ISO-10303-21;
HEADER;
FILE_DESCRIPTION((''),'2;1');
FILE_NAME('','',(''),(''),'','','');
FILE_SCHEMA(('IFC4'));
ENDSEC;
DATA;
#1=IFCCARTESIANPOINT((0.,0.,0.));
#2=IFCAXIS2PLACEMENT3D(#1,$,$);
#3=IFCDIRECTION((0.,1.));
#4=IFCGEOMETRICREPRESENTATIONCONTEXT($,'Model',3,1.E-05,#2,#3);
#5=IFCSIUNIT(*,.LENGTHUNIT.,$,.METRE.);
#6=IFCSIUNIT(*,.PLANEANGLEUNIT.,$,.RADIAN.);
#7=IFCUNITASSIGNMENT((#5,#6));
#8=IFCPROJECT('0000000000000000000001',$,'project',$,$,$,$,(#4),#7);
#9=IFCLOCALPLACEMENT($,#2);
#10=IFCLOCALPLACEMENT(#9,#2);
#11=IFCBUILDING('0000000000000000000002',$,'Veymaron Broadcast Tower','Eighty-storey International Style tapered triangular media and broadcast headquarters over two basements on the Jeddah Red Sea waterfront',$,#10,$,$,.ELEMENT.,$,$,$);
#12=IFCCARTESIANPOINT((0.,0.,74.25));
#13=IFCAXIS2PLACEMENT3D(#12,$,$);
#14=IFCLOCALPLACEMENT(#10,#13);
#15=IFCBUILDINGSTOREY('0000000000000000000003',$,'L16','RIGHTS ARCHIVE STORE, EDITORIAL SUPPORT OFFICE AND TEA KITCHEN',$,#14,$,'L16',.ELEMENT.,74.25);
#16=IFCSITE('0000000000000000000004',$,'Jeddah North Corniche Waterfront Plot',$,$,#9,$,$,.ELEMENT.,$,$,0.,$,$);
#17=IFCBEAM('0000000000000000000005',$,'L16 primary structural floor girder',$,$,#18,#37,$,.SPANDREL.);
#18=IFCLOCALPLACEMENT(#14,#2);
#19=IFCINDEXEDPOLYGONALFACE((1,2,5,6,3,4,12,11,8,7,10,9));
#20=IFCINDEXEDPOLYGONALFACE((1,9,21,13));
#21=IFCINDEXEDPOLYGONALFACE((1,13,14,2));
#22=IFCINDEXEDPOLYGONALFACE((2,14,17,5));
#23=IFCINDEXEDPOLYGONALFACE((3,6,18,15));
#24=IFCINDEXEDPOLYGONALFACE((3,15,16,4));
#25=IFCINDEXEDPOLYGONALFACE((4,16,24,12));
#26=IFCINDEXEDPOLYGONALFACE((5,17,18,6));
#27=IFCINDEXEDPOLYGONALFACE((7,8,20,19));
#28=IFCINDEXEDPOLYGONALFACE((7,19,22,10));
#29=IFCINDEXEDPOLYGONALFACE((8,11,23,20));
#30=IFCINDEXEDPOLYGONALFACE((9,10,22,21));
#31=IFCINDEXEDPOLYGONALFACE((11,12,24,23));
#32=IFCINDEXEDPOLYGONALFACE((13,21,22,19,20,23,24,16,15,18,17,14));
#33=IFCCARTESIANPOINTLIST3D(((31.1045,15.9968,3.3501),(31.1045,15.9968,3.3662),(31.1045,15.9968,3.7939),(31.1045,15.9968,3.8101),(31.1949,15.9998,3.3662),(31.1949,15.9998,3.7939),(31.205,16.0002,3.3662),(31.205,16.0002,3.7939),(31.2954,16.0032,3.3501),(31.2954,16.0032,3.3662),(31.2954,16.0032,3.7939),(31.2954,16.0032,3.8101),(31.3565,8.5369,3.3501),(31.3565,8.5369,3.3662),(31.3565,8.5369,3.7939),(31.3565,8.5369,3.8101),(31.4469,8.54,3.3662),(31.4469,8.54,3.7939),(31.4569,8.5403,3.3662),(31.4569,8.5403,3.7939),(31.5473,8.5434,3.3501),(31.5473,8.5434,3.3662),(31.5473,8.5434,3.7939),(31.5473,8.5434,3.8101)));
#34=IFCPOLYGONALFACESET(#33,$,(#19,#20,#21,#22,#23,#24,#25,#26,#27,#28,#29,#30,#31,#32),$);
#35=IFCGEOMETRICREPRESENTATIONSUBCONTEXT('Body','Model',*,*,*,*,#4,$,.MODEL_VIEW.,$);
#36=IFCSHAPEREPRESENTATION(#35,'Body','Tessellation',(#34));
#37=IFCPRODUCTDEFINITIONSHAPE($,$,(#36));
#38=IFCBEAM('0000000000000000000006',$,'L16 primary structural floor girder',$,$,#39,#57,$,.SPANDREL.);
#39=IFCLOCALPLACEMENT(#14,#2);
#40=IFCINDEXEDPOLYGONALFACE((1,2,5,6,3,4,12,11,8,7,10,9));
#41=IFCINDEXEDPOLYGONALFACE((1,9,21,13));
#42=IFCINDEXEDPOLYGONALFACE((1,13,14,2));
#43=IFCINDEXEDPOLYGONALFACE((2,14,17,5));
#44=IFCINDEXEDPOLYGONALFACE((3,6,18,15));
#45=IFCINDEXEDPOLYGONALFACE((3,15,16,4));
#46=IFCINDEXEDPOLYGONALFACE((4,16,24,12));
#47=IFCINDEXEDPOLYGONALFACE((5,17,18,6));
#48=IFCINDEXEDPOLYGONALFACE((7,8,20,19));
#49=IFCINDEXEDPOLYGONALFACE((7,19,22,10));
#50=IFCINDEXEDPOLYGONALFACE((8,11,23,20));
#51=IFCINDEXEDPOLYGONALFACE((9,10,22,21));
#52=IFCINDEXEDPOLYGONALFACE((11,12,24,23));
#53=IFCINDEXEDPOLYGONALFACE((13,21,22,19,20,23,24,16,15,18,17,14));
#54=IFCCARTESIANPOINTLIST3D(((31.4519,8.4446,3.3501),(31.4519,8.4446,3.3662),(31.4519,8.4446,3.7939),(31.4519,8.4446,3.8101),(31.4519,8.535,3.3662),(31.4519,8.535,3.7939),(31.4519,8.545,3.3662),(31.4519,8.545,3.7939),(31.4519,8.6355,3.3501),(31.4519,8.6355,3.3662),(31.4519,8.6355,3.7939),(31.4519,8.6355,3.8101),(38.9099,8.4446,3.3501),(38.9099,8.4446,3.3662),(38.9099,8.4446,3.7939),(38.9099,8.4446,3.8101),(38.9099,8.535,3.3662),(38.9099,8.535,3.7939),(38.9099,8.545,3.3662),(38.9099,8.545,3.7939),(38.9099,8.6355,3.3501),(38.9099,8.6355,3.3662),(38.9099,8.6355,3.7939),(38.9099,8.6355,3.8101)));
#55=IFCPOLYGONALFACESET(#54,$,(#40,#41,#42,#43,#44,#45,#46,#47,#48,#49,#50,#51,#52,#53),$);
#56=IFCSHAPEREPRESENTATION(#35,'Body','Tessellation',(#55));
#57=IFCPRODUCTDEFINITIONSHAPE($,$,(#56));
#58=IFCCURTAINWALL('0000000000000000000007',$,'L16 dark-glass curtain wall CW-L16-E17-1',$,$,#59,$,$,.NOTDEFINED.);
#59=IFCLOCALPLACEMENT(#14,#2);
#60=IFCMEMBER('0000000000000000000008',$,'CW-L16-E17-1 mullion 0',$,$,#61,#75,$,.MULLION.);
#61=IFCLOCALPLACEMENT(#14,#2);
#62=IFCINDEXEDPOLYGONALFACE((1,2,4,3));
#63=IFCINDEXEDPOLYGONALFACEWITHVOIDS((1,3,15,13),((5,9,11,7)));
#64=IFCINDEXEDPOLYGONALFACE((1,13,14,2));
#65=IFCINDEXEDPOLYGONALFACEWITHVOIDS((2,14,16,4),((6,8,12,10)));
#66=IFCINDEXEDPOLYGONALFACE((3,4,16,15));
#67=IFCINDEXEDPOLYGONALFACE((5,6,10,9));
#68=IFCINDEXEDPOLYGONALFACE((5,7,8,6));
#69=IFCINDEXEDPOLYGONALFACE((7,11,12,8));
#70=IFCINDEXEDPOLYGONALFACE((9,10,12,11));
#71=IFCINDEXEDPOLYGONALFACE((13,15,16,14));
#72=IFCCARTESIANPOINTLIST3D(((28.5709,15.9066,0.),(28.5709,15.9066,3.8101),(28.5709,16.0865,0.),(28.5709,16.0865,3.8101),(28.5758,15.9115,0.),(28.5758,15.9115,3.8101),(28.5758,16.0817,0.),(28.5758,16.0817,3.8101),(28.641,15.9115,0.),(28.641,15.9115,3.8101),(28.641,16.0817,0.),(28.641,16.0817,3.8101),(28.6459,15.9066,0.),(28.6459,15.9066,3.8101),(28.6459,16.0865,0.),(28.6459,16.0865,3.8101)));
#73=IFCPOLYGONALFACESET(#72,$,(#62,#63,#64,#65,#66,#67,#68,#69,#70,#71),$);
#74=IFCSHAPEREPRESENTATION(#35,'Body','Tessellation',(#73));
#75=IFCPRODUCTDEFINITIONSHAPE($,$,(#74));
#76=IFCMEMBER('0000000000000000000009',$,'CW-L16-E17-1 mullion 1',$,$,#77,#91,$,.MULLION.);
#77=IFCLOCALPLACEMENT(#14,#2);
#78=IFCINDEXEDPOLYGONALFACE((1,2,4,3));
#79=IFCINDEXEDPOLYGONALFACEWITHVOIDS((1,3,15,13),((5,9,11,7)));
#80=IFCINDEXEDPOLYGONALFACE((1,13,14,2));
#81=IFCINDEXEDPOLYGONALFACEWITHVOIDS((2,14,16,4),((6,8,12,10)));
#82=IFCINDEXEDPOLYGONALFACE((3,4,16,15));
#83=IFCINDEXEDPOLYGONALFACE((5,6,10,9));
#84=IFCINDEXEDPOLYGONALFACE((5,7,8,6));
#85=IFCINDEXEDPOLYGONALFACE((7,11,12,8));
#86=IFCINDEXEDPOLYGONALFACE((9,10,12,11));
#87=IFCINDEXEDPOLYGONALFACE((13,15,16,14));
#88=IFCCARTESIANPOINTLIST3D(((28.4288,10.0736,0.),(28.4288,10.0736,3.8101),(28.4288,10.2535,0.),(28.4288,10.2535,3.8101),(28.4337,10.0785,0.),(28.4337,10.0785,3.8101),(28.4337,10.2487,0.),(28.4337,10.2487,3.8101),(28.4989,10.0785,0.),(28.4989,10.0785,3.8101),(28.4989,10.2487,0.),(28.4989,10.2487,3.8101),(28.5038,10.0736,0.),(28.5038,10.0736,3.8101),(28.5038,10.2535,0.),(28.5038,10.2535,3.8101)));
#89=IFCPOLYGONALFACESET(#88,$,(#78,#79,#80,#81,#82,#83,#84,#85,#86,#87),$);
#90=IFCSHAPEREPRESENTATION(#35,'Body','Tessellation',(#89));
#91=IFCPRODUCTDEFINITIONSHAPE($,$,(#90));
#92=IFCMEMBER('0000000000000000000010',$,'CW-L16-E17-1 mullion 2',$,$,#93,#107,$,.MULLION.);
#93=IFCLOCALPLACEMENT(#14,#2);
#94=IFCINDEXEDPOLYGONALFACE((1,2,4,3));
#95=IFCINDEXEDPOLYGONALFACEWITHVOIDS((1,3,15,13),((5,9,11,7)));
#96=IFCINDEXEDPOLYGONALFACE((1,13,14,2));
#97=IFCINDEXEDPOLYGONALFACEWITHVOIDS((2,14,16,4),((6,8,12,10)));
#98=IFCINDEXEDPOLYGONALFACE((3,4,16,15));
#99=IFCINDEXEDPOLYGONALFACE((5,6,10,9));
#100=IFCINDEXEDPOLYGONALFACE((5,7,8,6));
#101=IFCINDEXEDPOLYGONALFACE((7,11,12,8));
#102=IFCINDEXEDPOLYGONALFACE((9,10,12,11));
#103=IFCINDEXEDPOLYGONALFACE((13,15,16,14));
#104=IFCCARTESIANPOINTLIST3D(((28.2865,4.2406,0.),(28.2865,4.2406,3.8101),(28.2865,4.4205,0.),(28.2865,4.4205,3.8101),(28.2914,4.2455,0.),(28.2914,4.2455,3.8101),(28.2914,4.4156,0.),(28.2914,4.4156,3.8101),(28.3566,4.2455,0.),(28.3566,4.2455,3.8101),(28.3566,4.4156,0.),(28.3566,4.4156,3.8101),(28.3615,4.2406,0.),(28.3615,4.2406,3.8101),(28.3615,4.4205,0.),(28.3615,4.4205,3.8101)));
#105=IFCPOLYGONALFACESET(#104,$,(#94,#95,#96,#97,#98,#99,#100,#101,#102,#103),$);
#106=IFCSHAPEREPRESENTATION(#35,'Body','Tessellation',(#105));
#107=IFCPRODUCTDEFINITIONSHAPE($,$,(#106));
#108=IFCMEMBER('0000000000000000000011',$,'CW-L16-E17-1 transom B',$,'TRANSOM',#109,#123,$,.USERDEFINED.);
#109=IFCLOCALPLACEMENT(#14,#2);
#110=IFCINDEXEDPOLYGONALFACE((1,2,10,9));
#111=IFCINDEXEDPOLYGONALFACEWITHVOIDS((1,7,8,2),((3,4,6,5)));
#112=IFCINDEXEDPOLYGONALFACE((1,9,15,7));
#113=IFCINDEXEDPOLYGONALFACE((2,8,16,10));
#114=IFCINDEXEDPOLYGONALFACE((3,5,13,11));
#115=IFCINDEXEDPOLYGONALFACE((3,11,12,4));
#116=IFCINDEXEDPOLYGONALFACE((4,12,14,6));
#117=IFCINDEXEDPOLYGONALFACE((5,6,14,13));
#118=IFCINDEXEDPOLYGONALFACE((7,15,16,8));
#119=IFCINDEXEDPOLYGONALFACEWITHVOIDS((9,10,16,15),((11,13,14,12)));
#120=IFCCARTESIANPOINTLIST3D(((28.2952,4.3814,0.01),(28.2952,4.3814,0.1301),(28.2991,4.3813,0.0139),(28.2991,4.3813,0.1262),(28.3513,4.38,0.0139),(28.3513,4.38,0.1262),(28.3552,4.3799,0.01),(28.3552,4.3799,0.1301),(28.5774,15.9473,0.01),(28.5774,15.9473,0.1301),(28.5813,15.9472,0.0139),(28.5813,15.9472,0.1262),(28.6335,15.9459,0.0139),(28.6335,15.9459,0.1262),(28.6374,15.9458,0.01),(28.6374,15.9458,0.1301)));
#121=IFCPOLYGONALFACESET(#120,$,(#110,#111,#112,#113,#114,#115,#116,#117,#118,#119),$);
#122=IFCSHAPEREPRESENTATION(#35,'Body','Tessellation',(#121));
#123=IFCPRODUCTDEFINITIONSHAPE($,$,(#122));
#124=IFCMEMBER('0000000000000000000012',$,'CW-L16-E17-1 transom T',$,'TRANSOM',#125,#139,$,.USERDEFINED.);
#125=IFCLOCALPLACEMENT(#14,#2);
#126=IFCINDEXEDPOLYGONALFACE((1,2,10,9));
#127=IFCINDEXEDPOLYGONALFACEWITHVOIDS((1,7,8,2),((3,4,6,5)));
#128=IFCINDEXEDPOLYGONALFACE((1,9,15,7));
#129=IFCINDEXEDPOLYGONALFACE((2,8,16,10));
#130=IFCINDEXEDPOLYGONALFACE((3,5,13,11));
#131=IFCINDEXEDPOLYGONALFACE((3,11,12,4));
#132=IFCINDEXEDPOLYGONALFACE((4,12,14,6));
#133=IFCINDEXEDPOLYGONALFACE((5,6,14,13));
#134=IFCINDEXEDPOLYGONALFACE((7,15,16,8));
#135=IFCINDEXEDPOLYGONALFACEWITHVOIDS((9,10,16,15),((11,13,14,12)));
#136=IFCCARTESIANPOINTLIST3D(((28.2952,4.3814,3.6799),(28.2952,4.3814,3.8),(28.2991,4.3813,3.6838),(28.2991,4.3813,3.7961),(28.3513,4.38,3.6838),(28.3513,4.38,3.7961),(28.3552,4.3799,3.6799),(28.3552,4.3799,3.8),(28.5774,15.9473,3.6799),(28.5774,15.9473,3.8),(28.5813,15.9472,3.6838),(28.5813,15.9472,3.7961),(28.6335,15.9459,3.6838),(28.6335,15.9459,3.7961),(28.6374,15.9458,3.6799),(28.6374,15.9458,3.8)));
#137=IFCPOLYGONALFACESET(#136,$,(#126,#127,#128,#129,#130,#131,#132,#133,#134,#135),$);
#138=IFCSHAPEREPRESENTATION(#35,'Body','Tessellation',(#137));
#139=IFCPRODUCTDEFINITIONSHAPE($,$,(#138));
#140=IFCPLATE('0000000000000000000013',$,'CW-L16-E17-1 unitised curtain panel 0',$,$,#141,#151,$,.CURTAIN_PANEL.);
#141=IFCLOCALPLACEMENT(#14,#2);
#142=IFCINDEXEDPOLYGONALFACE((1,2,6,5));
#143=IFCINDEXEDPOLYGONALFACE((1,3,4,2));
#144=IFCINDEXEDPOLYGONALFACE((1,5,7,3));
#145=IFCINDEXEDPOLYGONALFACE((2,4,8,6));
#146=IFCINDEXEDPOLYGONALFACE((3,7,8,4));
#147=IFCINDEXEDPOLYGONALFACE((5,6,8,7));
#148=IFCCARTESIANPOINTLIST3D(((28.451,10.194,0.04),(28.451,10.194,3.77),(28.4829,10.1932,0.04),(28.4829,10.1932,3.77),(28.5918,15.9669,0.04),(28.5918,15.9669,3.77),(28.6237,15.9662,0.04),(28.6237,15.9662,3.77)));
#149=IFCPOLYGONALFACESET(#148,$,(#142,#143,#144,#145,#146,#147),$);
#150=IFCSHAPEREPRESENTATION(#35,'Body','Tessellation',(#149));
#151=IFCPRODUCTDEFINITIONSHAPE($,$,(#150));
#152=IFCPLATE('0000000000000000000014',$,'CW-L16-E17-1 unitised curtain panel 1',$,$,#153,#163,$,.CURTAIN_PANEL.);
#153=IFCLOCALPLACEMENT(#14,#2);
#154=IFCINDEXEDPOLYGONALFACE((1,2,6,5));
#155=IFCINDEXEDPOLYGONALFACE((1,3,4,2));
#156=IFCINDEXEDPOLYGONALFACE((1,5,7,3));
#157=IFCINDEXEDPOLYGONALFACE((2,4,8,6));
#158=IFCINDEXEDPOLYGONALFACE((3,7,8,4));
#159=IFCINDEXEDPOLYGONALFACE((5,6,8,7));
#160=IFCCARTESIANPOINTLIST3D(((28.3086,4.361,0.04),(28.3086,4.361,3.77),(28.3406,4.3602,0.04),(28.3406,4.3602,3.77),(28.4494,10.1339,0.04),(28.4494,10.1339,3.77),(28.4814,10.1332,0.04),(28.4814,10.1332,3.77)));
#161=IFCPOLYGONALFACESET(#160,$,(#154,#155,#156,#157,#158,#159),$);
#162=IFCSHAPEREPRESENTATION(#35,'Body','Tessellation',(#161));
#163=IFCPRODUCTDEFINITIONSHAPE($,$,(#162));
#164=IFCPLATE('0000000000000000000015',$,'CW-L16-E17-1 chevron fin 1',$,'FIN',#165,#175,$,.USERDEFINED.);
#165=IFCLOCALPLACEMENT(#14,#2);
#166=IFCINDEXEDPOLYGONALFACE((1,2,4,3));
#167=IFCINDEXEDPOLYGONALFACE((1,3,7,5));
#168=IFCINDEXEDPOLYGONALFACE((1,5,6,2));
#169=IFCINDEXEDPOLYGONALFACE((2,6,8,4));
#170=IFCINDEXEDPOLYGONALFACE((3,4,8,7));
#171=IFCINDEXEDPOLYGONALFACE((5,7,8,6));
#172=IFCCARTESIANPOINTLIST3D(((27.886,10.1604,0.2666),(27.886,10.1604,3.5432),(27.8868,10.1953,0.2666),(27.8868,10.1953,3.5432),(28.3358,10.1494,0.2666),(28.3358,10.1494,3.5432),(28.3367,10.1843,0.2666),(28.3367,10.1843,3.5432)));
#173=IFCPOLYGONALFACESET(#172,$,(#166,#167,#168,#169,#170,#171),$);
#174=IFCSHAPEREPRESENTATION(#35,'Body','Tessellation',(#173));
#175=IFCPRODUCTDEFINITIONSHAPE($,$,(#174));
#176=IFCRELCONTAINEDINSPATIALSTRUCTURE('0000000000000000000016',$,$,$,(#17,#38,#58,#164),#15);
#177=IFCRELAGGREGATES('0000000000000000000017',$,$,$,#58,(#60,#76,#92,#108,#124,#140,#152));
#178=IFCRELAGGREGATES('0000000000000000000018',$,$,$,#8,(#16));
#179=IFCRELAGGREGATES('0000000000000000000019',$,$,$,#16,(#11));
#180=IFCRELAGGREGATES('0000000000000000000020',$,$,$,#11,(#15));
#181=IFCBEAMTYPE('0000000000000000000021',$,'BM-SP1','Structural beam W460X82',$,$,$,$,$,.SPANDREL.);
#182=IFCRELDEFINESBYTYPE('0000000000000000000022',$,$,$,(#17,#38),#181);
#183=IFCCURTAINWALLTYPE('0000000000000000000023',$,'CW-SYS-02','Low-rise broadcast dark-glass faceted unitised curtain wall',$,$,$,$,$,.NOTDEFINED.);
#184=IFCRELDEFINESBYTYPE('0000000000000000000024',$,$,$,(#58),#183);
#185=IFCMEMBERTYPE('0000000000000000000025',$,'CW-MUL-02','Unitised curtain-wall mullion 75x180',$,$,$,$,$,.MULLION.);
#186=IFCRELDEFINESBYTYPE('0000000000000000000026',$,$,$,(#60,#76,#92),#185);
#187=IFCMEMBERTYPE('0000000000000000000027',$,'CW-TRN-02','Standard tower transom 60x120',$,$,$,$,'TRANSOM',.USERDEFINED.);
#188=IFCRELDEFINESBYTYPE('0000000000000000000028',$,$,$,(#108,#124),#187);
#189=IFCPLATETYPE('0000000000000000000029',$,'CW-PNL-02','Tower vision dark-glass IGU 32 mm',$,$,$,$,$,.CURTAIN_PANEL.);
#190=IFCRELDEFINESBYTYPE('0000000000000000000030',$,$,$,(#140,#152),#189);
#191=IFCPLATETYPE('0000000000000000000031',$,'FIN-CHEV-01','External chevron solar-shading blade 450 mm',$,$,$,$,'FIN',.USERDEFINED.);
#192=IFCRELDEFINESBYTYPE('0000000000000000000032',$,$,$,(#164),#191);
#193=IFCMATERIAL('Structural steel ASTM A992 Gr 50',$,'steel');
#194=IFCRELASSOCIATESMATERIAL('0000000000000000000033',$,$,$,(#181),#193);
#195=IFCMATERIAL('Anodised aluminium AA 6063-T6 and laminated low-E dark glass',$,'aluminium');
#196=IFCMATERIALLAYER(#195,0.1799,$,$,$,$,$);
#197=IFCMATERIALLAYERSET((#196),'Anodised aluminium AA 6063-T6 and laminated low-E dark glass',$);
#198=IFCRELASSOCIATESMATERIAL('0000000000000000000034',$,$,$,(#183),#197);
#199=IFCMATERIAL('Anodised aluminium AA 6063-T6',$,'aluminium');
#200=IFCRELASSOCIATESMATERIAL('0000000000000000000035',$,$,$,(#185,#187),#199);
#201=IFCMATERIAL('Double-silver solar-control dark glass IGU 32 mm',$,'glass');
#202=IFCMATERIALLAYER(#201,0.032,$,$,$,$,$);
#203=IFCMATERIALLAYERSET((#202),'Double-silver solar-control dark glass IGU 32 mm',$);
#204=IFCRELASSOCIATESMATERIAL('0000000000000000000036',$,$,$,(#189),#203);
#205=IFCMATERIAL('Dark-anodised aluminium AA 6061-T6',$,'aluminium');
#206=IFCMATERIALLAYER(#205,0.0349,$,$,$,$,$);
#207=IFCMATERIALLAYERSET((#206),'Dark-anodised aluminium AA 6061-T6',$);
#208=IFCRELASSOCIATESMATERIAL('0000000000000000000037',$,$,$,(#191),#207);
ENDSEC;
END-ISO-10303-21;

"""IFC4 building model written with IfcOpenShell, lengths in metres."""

from ifc_helpers import new_model, si_unit, direction, frame, origin, origin_2d, place, context, subcontext, project, spatial, rectangle, hollow_rectangle, i_section, extrude, material, layer, layer_set, material_profile, profile_set, type_object, element, aggregate, save


model = new_model("IFC4")

# Units and contexts
model_context = context("Model", 3, precision=1e-05, world=origin(), true_north=direction((0.0, 1.0)))
body_context = subcontext(model_context, "Body", "Model", "MODEL_VIEW")
ifc_project = project(units=[si_unit("LENGTHUNIT", "METRE"), si_unit("PLANEANGLEUNIT", "RADIAN")], contexts=[model_context])

# Site, building, storey
site_placement = place(None, origin())
site = spatial("IfcSite", under=ifc_project, at=site_placement, Name="Jeddah North Corniche Waterfront Plot", CompositionType="ELEMENT", RefElevation=0.0)
building_placement = place(site_placement, origin())
building = spatial("IfcBuilding", under=site, at=building_placement, Name="Veymaron Broadcast Tower", Description="Eighty-storey International Style tapered triangular media and broadcast headquarters over two basements on the Jeddah Red Sea waterfront", CompositionType="ELEMENT")
storey_placement = place(building_placement, frame((0.0, 0.0, 74.25)))
storey = spatial("IfcBuildingStorey", under=building, at=storey_placement, Name="L16", Description="RIGHTS ARCHIVE STORE, EDITORIAL SUPPORT OFFICE AND TEA KITCHEN", LongName="L16", CompositionType="ELEMENT", Elevation=74.25)

# Beams
ifc_material_1 = material(Name="Structural steel ASTM A992 Gr 50", Category="steel")
ifc_material_profile_1 = material_profile(ifc_material_1, i_section(OverallWidth=0.1909, OverallDepth=0.46, WebThickness=0.01, FlangeThickness=0.0161, at=origin_2d()), Name="W460X82")
ifc_profile_set_1 = profile_set([ifc_material_profile_1], Name="Structural steel ASTM A992 Gr 50")
beam_type_1 = type_object("IfcBeamType", Name="BM-SP1", Description="Structural beam W460X82", PredefinedType="SPANDREL", material=ifc_profile_set_1)
beam_1_placement = place(storey_placement, frame((31.2, 16.0, 3.5801), z_axis=(0.033755, -0.99943, 0.0), x_axis=(0.99943, 0.033755, 0.0)))
element("IfcBeam", 1, at=beam_1_placement, inside=storey, type_object=beam_type_1, Name="L16 primary structural floor girder", PredefinedType="SPANDREL", context=body_context, shape_type="SweptSolid", body=[
    extrude(i_section(OverallWidth=0.1909, OverallDepth=0.46, WebThickness=0.01, FlangeThickness=0.0161, at=origin_2d()), origin(), (0.0, 0.0, 1.0), 7.4641),
])
beam_2_placement = place(storey_placement, frame((31.4519, 8.54, 3.5801), z_axis=(1.0, 0.0, 0.0), x_axis=(0.0, 1.0, 0.0)))
element("IfcBeam", 2, at=beam_2_placement, inside=storey, type_object=beam_type_1, Name="L16 primary structural floor girder", PredefinedType="SPANDREL", context=body_context, shape_type="SweptSolid", body=[
    extrude(i_section(OverallWidth=0.1909, OverallDepth=0.46, WebThickness=0.01, FlangeThickness=0.0161, at=origin_2d()), origin(), (0.0, 0.0, 1.0), 7.458),
])

# Curtain wall, members, plates
ifc_material_2 = material(Name="Anodised aluminium AA 6063-T6 and laminated low-E dark glass", Category="aluminium")
ifc_layer_1 = layer(ifc_material_2, 0.1799)
ifc_layer_set_1 = layer_set([ifc_layer_1], Name="Anodised aluminium AA 6063-T6 and laminated low-E dark glass")
curtain_wall_type = type_object("IfcCurtainWallType", Name="CW-SYS-02", Description="Low-rise broadcast dark-glass faceted unitised curtain wall", PredefinedType="NOTDEFINED", material=ifc_layer_set_1)
curtain_wall_placement = place(storey_placement, origin())
curtain_wall = element("IfcCurtainWall", 3, at=curtain_wall_placement, inside=storey, type_object=curtain_wall_type, Name="L16 dark-glass curtain wall CW-L16-E17-1", PredefinedType="NOTDEFINED")
ifc_material_3 = material(Name="Anodised aluminium AA 6063-T6", Category="aluminium")
ifc_material_profile_2 = material_profile(ifc_material_3, hollow_rectangle(XDim=0.075, YDim=0.1799, WallThickness=0.0049, at=origin_2d()), Name="AL180X75X5")
ifc_profile_set_2 = profile_set([ifc_material_profile_2], Name="Anodised aluminium AA 6063-T6")
member_type_1 = type_object("IfcMemberType", Name="CW-MUL-02", Description="Unitised curtain-wall mullion 75x180", PredefinedType="MULLION", material=ifc_profile_set_2)
member_1_placement = place(storey_placement, frame((28.6084, 15.9966, 0.0), z_axis=(0.0, 0.0, 1.0), x_axis=(1.0, 0.0, 0.0)))
member_1 = element("IfcMember", 4, at=member_1_placement, type_object=member_type_1, Name="CW-L16-E17-1 mullion 0", PredefinedType="MULLION", context=body_context, shape_type="SweptSolid", body=[
    extrude(hollow_rectangle(XDim=0.075, YDim=0.1799, WallThickness=0.0049, at=origin_2d()), origin(), (0.0, 0.0, 1.0), 3.8101),
])
member_2_placement = place(storey_placement, frame((28.4663, 10.1636, 0.0), z_axis=(0.0, 0.0, 1.0), x_axis=(1.0, 0.0, 0.0)))
member_2 = element("IfcMember", 5, at=member_2_placement, type_object=member_type_1, Name="CW-L16-E17-1 mullion 1", PredefinedType="MULLION", context=body_context, shape_type="SweptSolid", body=[
    extrude(hollow_rectangle(XDim=0.075, YDim=0.1799, WallThickness=0.0049, at=origin_2d()), origin(), (0.0, 0.0, 1.0), 3.8101),
])
member_3_placement = place(storey_placement, frame((28.324, 4.3306, 0.0), z_axis=(0.0, 0.0, 1.0), x_axis=(1.0, 0.0, 0.0)))
member_3 = element("IfcMember", 6, at=member_3_placement, type_object=member_type_1, Name="CW-L16-E17-1 mullion 2", PredefinedType="MULLION", context=body_context, shape_type="SweptSolid", body=[
    extrude(hollow_rectangle(XDim=0.075, YDim=0.1799, WallThickness=0.0049, at=origin_2d()), origin(), (0.0, 0.0, 1.0), 3.8101),
])
ifc_material_profile_3 = material_profile(ifc_material_3, hollow_rectangle(XDim=0.0601, YDim=0.1201, WallThickness=0.0039, at=origin_2d()), Name="AL120X60X4")
ifc_profile_set_3 = profile_set([ifc_material_profile_3], Name="Anodised aluminium AA 6063-T6")
member_type_2 = type_object("IfcMemberType", Name="CW-TRN-02", Description="Standard tower transom 60x120", ElementType="TRANSOM", PredefinedType="USERDEFINED", material=ifc_profile_set_3)
member_4_placement = place(storey_placement, frame((28.6074, 15.9465, 0.0701), z_axis=(-0.024394, -0.999702, 0.0), x_axis=(0.999702, -0.024394, 0.0)))
member_4 = element("IfcMember", 7, at=member_4_placement, type_object=member_type_2, Name="CW-L16-E17-1 transom B", ObjectType="TRANSOM", PredefinedType="USERDEFINED", context=body_context, shape_type="SweptSolid", body=[
    extrude(hollow_rectangle(XDim=0.0601, YDim=0.1201, WallThickness=0.0039, at=origin_2d()), origin(), (0.0, 0.0, 1.0), 11.5693),
])
member_5_placement = place(storey_placement, frame((28.6074, 15.9465, 3.74), z_axis=(-0.024394, -0.999702, 0.0), x_axis=(0.999702, -0.024394, 0.0)))
member_5 = element("IfcMember", 8, at=member_5_placement, type_object=member_type_2, Name="CW-L16-E17-1 transom T", ObjectType="TRANSOM", PredefinedType="USERDEFINED", context=body_context, shape_type="SweptSolid", body=[
    extrude(hollow_rectangle(XDim=0.0601, YDim=0.1201, WallThickness=0.0039, at=origin_2d()), origin(), (0.0, 0.0, 1.0), 11.5693),
])
ifc_material_4 = material(Name="Double-silver solar-control dark glass IGU 32 mm", Category="glass")
ifc_layer_2 = layer(ifc_material_4, 0.032)
ifc_layer_set_2 = layer_set([ifc_layer_2], Name="Double-silver solar-control dark glass IGU 32 mm")
plate_type_1 = type_object("IfcPlateType", Name="CW-PNL-02", Description="Tower vision dark-glass IGU 32 mm", PredefinedType="CURTAIN_PANEL", material=ifc_layer_set_2)
plate_1_placement = place(storey_placement, frame((28.5374, 13.0801, 0.04), z_axis=(0.0, 0.0, 1.0), x_axis=(-0.02438, -0.999703, 0.0)))
plate_1 = element("IfcPlate", 9, at=plate_1_placement, type_object=plate_type_1, Name="CW-L16-E17-1 unitised curtain panel 0", PredefinedType="CURTAIN_PANEL", context=body_context, shape_type="SweptSolid", body=[
    extrude(rectangle(XDim=5.7747, YDim=0.032, at=origin_2d()), origin(), (0.0, 0.0, 1.0), 3.73),
])
plate_2_placement = place(storey_placement, frame((28.395, 7.2471, 0.04), z_axis=(0.0, 0.0, 1.0), x_axis=(-0.02438, -0.999703, 0.0)))
plate_2 = element("IfcPlate", 10, at=plate_2_placement, type_object=plate_type_1, Name="CW-L16-E17-1 unitised curtain panel 1", PredefinedType="CURTAIN_PANEL", context=body_context, shape_type="SweptSolid", body=[
    extrude(rectangle(XDim=5.7747, YDim=0.032, at=origin_2d()), origin(), (0.0, 0.0, 1.0), 3.73),
])
aggregate(curtain_wall, [member_1, member_2, member_3, member_4, member_5, plate_1, plate_2])

# Plate
ifc_material_5 = material(Name="Dark-anodised aluminium AA 6061-T6", Category="aluminium")
ifc_layer_3 = layer(ifc_material_5, 0.0349)
ifc_layer_set_3 = layer_set([ifc_layer_3], Name="Dark-anodised aluminium AA 6061-T6")
plate_type_2 = type_object("IfcPlateType", Name="FIN-CHEV-01", Description="External chevron solar-shading blade 450 mm", ElementType="FIN", PredefinedType="USERDEFINED", material=ifc_layer_set_3)
plate_3_placement = place(storey_placement, frame((28.1113, 10.1724, 0.2666), z_axis=(0.0, 0.0, 1.0), x_axis=(-0.999703, 0.02438, 0.0)))
element("IfcPlate", 11, at=plate_3_placement, inside=storey, type_object=plate_type_2, Name="CW-L16-E17-1 chevron fin 1", ObjectType="FIN", PredefinedType="USERDEFINED", context=body_context, shape_type="SweptSolid", body=[
    extrude(rectangle(XDim=0.45, YDim=0.0349, at=origin_2d()), origin(), (0.0, 0.0, 1.0), 3.2766),
])

save(model, "model.ifc")
